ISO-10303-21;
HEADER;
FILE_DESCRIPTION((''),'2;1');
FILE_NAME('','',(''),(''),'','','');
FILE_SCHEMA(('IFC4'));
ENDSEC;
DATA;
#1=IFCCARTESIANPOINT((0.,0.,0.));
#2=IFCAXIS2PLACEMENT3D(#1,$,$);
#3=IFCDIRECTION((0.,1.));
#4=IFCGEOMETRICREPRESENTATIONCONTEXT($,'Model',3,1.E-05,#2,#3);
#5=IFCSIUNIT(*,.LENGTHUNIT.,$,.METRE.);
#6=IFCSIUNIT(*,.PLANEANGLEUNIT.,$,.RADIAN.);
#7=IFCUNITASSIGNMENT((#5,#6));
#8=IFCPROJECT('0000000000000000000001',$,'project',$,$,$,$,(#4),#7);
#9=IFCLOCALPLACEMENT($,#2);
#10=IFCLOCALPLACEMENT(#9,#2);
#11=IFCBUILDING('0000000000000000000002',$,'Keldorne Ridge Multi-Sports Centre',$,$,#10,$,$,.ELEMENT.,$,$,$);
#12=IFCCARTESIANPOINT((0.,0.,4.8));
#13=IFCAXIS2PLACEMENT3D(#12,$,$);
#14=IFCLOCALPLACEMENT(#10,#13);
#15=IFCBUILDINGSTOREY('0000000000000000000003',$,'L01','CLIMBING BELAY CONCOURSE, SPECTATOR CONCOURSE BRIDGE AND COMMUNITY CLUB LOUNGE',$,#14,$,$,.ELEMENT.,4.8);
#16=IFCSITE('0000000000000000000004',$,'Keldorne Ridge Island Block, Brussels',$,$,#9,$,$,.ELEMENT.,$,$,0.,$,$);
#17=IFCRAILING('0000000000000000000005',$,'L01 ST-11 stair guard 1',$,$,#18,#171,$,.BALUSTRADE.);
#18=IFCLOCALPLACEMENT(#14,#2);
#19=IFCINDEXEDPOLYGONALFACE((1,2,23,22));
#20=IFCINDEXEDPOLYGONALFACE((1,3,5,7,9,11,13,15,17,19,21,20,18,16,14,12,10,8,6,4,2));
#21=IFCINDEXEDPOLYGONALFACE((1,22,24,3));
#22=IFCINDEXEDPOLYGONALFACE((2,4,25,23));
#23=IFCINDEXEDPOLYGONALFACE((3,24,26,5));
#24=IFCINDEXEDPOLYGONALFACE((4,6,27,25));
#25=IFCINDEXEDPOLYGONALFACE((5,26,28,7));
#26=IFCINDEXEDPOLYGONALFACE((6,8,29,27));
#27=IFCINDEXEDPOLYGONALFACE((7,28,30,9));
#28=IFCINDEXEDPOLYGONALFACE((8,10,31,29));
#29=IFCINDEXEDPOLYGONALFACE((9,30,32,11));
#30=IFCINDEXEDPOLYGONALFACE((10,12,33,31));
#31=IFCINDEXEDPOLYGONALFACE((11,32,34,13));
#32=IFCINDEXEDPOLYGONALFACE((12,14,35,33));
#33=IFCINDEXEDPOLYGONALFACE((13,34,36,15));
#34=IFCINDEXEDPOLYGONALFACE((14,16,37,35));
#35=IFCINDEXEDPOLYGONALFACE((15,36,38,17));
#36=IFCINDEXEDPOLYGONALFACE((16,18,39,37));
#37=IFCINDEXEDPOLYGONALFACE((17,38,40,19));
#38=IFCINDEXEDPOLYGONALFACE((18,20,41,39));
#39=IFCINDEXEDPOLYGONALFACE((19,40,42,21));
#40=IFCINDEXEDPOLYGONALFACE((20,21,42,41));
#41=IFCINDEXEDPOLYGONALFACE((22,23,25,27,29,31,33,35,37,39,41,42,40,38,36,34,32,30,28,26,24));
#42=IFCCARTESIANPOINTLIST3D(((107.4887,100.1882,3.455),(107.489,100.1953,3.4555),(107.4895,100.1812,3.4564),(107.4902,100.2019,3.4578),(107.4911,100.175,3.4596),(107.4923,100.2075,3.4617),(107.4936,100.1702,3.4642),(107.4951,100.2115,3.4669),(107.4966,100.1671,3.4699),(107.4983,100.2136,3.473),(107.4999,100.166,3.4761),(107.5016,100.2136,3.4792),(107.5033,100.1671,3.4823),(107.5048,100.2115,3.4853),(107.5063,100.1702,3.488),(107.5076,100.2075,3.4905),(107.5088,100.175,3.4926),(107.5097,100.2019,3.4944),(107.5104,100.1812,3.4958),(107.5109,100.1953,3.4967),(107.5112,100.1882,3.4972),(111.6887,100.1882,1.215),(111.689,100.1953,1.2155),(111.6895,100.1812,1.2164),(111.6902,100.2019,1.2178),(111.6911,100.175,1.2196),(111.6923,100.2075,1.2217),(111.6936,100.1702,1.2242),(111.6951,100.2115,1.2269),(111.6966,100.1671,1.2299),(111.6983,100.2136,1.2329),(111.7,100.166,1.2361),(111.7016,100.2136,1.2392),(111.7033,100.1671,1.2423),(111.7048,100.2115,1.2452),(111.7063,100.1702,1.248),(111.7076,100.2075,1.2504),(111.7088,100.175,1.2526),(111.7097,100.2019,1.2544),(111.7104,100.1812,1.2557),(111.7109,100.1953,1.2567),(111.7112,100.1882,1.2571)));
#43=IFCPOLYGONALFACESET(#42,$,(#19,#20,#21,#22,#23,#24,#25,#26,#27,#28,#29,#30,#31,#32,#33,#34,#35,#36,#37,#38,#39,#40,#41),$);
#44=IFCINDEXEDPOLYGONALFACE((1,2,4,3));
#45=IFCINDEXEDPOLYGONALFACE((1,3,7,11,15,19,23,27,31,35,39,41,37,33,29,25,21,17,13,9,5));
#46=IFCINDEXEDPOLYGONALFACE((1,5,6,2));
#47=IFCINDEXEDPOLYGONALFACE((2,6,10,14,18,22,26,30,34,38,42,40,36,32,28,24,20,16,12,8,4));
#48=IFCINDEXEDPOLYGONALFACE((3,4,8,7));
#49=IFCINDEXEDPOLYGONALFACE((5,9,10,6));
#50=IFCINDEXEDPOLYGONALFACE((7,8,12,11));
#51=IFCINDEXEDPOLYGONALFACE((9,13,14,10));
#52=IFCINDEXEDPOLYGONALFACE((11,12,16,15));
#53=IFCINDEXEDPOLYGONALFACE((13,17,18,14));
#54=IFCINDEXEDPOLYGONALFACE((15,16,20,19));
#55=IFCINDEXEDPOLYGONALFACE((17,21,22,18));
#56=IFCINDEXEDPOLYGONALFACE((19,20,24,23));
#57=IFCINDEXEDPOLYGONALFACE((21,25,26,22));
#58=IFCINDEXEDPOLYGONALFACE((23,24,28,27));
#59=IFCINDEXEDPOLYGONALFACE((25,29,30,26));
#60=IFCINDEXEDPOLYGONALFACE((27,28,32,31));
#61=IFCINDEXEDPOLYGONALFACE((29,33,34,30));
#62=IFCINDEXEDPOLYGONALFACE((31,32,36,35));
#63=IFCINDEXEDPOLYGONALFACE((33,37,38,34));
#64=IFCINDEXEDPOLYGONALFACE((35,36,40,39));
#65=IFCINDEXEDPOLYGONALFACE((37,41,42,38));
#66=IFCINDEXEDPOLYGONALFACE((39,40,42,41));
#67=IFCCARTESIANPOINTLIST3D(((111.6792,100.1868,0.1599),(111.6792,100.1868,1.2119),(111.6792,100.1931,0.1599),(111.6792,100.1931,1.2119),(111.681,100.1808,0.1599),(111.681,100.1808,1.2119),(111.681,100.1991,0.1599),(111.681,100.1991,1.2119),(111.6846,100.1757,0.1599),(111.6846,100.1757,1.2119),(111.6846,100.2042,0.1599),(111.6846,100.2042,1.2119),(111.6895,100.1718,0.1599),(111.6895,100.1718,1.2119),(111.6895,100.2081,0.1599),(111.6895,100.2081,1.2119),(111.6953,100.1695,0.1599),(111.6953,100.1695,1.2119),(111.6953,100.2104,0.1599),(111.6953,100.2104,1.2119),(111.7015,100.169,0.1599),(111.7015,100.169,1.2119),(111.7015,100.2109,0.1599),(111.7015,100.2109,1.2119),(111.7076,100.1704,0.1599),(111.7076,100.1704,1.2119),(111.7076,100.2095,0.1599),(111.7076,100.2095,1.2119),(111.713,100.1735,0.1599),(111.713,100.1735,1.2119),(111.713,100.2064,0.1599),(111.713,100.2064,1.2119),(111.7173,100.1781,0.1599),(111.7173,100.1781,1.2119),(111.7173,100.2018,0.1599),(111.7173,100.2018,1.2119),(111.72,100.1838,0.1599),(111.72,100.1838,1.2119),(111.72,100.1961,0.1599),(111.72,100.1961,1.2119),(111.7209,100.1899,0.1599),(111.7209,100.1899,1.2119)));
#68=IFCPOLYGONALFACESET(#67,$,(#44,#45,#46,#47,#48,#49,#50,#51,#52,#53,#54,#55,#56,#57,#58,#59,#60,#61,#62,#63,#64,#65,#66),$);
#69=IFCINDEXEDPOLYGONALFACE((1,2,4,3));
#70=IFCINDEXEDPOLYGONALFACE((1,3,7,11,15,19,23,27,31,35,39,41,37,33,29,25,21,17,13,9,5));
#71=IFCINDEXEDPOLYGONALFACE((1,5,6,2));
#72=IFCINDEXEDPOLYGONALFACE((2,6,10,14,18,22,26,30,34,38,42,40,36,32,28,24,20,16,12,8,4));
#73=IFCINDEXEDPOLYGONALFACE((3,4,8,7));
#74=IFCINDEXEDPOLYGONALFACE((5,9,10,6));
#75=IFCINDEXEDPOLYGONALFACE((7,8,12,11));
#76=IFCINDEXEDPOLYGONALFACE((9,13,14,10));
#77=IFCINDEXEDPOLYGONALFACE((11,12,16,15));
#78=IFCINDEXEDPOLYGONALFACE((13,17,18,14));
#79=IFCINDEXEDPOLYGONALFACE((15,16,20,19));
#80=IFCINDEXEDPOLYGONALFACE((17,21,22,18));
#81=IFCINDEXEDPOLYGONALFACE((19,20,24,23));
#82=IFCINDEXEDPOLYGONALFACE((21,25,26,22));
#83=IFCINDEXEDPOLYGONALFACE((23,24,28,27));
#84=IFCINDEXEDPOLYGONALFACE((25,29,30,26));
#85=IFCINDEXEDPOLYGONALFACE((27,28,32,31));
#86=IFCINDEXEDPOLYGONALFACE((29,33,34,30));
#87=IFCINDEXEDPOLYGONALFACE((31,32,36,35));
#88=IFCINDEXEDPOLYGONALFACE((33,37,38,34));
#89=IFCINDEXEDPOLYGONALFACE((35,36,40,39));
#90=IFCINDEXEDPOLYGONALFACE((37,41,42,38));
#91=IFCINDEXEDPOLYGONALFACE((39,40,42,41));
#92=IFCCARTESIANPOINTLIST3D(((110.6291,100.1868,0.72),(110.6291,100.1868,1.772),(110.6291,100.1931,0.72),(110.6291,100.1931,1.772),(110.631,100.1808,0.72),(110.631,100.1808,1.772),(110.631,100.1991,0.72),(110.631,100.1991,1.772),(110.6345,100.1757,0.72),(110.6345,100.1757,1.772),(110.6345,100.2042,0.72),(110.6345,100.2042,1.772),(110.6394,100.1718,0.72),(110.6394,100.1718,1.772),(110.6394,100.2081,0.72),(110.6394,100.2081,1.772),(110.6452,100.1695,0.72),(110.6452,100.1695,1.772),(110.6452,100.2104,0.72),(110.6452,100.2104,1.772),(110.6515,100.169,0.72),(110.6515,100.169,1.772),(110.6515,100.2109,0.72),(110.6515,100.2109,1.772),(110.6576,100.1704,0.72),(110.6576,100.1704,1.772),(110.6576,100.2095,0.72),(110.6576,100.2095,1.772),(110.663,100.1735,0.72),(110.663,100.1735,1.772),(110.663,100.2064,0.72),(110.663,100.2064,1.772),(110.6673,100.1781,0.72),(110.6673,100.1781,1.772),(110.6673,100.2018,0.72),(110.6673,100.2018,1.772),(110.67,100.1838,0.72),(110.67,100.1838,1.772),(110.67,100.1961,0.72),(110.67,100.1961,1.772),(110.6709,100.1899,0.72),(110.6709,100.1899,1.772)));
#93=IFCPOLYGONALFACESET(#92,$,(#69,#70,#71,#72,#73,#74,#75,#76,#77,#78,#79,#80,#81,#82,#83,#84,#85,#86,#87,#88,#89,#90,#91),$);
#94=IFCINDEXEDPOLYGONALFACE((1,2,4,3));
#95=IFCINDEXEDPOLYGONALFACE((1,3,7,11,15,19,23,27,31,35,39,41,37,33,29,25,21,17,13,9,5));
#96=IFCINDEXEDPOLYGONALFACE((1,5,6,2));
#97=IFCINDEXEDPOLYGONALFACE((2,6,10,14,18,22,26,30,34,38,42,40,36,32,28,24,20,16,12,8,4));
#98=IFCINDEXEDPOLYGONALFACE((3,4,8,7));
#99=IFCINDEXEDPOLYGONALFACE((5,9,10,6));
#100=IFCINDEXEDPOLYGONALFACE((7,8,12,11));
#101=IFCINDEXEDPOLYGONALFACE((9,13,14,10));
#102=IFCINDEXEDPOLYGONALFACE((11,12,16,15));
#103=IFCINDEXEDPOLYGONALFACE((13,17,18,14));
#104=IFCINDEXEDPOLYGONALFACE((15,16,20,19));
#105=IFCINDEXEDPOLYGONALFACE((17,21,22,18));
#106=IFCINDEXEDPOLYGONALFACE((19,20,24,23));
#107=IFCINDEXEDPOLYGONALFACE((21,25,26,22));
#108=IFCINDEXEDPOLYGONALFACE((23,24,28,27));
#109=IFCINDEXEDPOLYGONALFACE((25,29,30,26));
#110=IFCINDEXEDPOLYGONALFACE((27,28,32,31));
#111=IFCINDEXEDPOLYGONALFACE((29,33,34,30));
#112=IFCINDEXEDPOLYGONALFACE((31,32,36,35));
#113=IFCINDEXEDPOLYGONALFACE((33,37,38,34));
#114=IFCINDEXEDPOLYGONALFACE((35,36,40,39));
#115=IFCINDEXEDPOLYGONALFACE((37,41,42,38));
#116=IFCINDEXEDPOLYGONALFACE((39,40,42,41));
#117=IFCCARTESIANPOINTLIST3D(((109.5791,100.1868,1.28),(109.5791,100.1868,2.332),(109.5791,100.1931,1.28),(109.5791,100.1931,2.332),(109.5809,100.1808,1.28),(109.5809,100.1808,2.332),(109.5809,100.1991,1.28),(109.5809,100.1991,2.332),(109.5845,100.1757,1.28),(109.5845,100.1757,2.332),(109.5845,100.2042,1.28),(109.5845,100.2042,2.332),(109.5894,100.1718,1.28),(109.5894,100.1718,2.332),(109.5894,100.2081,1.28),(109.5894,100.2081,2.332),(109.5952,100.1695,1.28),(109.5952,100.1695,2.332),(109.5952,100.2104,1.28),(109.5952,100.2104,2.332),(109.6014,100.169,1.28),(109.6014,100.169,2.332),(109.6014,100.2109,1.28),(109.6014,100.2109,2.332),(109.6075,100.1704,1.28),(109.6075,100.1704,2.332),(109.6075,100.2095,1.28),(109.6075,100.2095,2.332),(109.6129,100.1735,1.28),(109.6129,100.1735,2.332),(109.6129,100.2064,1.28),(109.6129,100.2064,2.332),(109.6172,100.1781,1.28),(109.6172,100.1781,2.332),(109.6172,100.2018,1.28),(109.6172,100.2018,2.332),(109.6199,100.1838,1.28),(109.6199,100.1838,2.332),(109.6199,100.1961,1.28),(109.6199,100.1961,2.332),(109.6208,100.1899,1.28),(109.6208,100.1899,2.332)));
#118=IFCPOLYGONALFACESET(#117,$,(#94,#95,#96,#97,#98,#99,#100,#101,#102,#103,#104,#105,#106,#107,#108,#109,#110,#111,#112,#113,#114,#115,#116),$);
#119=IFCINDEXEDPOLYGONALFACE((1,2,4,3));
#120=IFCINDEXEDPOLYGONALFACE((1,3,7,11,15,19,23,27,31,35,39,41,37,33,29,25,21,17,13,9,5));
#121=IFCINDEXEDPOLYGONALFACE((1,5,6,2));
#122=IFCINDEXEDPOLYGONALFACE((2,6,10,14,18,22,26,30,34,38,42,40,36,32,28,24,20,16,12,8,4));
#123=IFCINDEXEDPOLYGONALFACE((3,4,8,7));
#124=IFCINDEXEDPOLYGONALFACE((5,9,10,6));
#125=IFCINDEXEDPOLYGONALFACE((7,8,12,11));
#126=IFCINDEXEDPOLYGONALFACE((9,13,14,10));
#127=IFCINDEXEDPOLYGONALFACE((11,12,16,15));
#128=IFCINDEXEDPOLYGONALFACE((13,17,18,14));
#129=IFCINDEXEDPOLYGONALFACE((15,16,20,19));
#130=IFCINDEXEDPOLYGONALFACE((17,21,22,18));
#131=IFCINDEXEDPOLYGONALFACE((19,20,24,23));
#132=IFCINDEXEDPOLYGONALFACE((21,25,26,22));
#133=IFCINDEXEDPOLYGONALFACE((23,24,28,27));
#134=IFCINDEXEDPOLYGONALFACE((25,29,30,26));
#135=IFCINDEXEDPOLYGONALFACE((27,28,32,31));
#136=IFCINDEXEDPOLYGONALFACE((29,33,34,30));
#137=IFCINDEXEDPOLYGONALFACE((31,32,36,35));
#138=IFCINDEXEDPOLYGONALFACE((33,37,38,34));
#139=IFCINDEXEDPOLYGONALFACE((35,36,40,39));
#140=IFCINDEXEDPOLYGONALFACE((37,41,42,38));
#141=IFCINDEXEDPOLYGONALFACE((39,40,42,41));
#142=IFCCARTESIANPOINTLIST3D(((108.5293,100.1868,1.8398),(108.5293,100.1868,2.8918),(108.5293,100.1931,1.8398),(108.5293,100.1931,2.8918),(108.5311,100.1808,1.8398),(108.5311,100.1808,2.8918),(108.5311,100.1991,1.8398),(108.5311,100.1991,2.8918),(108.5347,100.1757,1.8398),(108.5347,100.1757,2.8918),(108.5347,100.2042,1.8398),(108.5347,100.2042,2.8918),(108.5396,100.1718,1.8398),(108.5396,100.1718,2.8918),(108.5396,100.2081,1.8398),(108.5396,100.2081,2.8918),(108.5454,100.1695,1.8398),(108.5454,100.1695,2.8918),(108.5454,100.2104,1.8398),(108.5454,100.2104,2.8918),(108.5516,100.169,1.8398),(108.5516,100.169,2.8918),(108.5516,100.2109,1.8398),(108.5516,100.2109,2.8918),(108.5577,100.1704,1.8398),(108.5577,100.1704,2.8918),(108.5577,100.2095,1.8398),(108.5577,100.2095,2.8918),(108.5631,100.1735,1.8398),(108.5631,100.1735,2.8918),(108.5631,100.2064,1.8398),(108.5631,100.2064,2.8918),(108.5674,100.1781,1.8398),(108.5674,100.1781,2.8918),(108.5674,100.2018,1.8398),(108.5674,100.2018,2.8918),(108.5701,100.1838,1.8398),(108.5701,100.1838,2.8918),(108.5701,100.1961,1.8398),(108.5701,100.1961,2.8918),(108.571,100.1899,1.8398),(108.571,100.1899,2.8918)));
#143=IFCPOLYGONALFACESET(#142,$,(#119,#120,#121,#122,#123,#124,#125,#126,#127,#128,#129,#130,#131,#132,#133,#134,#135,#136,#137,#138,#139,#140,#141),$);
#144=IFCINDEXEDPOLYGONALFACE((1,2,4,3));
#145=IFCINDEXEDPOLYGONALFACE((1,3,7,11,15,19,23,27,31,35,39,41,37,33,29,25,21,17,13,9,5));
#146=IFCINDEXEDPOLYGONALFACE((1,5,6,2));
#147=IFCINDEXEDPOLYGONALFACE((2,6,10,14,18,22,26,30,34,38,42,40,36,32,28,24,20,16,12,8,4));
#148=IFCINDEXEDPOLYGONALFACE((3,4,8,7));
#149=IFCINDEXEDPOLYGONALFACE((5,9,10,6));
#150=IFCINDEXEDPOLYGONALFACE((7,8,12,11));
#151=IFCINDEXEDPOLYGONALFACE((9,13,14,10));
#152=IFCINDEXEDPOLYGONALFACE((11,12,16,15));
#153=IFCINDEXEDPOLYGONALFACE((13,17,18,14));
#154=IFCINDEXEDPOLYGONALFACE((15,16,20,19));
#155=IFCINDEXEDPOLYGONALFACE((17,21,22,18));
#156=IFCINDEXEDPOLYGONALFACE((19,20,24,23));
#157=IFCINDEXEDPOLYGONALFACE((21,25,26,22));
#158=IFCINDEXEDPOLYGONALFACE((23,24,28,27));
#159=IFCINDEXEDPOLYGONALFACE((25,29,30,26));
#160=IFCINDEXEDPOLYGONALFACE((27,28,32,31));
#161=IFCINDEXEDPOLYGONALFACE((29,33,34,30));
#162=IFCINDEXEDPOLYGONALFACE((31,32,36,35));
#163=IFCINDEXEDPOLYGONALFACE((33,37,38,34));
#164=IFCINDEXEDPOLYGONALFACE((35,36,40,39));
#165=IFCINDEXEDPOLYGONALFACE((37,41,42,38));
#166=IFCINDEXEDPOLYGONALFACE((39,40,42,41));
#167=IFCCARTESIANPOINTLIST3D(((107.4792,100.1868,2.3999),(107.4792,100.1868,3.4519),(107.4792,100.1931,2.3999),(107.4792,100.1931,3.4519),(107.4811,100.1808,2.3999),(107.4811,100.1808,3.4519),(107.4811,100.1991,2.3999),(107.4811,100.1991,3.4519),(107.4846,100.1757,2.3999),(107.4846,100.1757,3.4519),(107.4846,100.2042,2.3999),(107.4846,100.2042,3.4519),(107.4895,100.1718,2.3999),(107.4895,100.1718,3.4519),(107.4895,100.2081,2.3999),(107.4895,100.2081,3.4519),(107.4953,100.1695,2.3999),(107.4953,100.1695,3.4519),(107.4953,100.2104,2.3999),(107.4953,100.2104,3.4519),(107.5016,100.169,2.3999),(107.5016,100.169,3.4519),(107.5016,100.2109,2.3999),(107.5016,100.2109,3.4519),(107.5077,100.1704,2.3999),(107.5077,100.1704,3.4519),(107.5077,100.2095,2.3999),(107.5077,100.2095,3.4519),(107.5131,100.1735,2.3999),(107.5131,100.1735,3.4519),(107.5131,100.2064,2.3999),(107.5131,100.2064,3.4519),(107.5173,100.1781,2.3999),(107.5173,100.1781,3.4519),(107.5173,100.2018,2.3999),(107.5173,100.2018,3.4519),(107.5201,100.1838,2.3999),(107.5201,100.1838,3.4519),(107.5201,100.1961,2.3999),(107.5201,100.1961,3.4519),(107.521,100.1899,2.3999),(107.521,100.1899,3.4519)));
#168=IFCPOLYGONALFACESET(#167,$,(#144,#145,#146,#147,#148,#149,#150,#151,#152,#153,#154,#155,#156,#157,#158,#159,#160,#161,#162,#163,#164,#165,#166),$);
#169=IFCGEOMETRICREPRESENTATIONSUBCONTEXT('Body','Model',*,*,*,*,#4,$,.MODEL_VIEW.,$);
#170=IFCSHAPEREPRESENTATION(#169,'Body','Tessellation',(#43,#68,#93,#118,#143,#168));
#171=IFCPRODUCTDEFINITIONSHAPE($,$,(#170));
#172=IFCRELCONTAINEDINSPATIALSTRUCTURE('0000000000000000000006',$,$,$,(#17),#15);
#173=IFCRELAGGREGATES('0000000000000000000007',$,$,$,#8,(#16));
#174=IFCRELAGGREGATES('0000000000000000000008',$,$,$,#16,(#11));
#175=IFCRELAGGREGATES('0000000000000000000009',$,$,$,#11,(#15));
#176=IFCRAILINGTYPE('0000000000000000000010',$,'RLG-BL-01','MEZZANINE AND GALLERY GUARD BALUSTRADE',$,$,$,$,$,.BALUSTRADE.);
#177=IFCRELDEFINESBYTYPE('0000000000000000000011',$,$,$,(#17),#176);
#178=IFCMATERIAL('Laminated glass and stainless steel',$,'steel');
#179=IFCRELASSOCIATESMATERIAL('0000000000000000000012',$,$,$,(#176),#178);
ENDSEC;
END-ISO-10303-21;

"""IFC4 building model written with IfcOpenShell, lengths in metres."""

from ifc_helpers import new_model, si_unit, direction, frame, origin, origin_2d, place, context, subcontext, project, spatial, circle, extrude, material, type_object, element, save


model = new_model("IFC4")

# Units and contexts
model_context = context("Model", 3, precision=1e-05, world=origin(), true_north=direction((0.0, 1.0)))
body_context = subcontext(model_context, "Body", "Model", "MODEL_VIEW")
ifc_project = project(units=[si_unit("LENGTHUNIT", "METRE"), si_unit("PLANEANGLEUNIT", "RADIAN")], contexts=[model_context])

# Site, building, storey
site_placement = place(None, origin())
site = spatial("IfcSite", under=ifc_project, at=site_placement, Name="Keldorne Ridge Island Block, Brussels", CompositionType="ELEMENT", RefElevation=0.0)
building_placement = place(site_placement, origin())
building = spatial("IfcBuilding", under=site, at=building_placement, Name="Keldorne Ridge Multi-Sports Centre", CompositionType="ELEMENT")
storey_placement = place(building_placement, frame((0.0, 0.0, 4.8)))
storey = spatial("IfcBuildingStorey", under=building, at=storey_placement, Name="L01", Description="CLIMBING BELAY CONCOURSE, SPECTATOR CONCOURSE BRIDGE AND COMMUNITY CLUB LOUNGE", CompositionType="ELEMENT", Elevation=4.8)

# Railing
ifc_material_1 = material(Name="Laminated glass and stainless steel", Category="steel")
railing_type_1 = type_object("IfcRailingType", Name="RLG-BL-01", Description="MEZZANINE AND GALLERY GUARD BALUSTRADE", PredefinedType="BALUSTRADE", material=ifc_material_1)
railing_1_placement = place(storey_placement, frame((111.7, 100.1899, 0.1599)))
element("IfcRailing", 1, at=railing_1_placement, inside=storey, type_object=railing_type_1, Name="L01 ST-11 stair guard 1", PredefinedType="BALUSTRADE", context=body_context, shape_type="SweptSolid", body=[
    extrude(circle(Radius=0.0239, at=origin_2d()), frame((0.0, 0.0, 1.0762), z_axis=(-0.882352, 0.0, 0.470591), x_axis=(0.0, -1.0, 0.0)), (0.0, 0.0, 1.0), 4.76),
    extrude(circle(Radius=0.021, at=origin_2d()), origin(), (0.0, 0.0, 1.0), 1.052),
    extrude(circle(Radius=0.021, at=origin_2d()), frame((-1.05, 0.0, 0.5601)), (0.0, 0.0, 1.0), 1.052),
    extrude(circle(Radius=0.021, at=origin_2d()), frame((-2.1001, 0.0, 1.1201)), (0.0, 0.0, 1.0), 1.052),
    extrude(circle(Radius=0.021, at=origin_2d()), frame((-3.1499, 0.0, 1.6799)), (0.0, 0.0, 1.0), 1.052),
    extrude(circle(Radius=0.021, at=origin_2d()), frame((-4.2, 0.0, 2.24)), (0.0, 0.0, 1.0), 1.052),
])

save(model, "model.ifc")
